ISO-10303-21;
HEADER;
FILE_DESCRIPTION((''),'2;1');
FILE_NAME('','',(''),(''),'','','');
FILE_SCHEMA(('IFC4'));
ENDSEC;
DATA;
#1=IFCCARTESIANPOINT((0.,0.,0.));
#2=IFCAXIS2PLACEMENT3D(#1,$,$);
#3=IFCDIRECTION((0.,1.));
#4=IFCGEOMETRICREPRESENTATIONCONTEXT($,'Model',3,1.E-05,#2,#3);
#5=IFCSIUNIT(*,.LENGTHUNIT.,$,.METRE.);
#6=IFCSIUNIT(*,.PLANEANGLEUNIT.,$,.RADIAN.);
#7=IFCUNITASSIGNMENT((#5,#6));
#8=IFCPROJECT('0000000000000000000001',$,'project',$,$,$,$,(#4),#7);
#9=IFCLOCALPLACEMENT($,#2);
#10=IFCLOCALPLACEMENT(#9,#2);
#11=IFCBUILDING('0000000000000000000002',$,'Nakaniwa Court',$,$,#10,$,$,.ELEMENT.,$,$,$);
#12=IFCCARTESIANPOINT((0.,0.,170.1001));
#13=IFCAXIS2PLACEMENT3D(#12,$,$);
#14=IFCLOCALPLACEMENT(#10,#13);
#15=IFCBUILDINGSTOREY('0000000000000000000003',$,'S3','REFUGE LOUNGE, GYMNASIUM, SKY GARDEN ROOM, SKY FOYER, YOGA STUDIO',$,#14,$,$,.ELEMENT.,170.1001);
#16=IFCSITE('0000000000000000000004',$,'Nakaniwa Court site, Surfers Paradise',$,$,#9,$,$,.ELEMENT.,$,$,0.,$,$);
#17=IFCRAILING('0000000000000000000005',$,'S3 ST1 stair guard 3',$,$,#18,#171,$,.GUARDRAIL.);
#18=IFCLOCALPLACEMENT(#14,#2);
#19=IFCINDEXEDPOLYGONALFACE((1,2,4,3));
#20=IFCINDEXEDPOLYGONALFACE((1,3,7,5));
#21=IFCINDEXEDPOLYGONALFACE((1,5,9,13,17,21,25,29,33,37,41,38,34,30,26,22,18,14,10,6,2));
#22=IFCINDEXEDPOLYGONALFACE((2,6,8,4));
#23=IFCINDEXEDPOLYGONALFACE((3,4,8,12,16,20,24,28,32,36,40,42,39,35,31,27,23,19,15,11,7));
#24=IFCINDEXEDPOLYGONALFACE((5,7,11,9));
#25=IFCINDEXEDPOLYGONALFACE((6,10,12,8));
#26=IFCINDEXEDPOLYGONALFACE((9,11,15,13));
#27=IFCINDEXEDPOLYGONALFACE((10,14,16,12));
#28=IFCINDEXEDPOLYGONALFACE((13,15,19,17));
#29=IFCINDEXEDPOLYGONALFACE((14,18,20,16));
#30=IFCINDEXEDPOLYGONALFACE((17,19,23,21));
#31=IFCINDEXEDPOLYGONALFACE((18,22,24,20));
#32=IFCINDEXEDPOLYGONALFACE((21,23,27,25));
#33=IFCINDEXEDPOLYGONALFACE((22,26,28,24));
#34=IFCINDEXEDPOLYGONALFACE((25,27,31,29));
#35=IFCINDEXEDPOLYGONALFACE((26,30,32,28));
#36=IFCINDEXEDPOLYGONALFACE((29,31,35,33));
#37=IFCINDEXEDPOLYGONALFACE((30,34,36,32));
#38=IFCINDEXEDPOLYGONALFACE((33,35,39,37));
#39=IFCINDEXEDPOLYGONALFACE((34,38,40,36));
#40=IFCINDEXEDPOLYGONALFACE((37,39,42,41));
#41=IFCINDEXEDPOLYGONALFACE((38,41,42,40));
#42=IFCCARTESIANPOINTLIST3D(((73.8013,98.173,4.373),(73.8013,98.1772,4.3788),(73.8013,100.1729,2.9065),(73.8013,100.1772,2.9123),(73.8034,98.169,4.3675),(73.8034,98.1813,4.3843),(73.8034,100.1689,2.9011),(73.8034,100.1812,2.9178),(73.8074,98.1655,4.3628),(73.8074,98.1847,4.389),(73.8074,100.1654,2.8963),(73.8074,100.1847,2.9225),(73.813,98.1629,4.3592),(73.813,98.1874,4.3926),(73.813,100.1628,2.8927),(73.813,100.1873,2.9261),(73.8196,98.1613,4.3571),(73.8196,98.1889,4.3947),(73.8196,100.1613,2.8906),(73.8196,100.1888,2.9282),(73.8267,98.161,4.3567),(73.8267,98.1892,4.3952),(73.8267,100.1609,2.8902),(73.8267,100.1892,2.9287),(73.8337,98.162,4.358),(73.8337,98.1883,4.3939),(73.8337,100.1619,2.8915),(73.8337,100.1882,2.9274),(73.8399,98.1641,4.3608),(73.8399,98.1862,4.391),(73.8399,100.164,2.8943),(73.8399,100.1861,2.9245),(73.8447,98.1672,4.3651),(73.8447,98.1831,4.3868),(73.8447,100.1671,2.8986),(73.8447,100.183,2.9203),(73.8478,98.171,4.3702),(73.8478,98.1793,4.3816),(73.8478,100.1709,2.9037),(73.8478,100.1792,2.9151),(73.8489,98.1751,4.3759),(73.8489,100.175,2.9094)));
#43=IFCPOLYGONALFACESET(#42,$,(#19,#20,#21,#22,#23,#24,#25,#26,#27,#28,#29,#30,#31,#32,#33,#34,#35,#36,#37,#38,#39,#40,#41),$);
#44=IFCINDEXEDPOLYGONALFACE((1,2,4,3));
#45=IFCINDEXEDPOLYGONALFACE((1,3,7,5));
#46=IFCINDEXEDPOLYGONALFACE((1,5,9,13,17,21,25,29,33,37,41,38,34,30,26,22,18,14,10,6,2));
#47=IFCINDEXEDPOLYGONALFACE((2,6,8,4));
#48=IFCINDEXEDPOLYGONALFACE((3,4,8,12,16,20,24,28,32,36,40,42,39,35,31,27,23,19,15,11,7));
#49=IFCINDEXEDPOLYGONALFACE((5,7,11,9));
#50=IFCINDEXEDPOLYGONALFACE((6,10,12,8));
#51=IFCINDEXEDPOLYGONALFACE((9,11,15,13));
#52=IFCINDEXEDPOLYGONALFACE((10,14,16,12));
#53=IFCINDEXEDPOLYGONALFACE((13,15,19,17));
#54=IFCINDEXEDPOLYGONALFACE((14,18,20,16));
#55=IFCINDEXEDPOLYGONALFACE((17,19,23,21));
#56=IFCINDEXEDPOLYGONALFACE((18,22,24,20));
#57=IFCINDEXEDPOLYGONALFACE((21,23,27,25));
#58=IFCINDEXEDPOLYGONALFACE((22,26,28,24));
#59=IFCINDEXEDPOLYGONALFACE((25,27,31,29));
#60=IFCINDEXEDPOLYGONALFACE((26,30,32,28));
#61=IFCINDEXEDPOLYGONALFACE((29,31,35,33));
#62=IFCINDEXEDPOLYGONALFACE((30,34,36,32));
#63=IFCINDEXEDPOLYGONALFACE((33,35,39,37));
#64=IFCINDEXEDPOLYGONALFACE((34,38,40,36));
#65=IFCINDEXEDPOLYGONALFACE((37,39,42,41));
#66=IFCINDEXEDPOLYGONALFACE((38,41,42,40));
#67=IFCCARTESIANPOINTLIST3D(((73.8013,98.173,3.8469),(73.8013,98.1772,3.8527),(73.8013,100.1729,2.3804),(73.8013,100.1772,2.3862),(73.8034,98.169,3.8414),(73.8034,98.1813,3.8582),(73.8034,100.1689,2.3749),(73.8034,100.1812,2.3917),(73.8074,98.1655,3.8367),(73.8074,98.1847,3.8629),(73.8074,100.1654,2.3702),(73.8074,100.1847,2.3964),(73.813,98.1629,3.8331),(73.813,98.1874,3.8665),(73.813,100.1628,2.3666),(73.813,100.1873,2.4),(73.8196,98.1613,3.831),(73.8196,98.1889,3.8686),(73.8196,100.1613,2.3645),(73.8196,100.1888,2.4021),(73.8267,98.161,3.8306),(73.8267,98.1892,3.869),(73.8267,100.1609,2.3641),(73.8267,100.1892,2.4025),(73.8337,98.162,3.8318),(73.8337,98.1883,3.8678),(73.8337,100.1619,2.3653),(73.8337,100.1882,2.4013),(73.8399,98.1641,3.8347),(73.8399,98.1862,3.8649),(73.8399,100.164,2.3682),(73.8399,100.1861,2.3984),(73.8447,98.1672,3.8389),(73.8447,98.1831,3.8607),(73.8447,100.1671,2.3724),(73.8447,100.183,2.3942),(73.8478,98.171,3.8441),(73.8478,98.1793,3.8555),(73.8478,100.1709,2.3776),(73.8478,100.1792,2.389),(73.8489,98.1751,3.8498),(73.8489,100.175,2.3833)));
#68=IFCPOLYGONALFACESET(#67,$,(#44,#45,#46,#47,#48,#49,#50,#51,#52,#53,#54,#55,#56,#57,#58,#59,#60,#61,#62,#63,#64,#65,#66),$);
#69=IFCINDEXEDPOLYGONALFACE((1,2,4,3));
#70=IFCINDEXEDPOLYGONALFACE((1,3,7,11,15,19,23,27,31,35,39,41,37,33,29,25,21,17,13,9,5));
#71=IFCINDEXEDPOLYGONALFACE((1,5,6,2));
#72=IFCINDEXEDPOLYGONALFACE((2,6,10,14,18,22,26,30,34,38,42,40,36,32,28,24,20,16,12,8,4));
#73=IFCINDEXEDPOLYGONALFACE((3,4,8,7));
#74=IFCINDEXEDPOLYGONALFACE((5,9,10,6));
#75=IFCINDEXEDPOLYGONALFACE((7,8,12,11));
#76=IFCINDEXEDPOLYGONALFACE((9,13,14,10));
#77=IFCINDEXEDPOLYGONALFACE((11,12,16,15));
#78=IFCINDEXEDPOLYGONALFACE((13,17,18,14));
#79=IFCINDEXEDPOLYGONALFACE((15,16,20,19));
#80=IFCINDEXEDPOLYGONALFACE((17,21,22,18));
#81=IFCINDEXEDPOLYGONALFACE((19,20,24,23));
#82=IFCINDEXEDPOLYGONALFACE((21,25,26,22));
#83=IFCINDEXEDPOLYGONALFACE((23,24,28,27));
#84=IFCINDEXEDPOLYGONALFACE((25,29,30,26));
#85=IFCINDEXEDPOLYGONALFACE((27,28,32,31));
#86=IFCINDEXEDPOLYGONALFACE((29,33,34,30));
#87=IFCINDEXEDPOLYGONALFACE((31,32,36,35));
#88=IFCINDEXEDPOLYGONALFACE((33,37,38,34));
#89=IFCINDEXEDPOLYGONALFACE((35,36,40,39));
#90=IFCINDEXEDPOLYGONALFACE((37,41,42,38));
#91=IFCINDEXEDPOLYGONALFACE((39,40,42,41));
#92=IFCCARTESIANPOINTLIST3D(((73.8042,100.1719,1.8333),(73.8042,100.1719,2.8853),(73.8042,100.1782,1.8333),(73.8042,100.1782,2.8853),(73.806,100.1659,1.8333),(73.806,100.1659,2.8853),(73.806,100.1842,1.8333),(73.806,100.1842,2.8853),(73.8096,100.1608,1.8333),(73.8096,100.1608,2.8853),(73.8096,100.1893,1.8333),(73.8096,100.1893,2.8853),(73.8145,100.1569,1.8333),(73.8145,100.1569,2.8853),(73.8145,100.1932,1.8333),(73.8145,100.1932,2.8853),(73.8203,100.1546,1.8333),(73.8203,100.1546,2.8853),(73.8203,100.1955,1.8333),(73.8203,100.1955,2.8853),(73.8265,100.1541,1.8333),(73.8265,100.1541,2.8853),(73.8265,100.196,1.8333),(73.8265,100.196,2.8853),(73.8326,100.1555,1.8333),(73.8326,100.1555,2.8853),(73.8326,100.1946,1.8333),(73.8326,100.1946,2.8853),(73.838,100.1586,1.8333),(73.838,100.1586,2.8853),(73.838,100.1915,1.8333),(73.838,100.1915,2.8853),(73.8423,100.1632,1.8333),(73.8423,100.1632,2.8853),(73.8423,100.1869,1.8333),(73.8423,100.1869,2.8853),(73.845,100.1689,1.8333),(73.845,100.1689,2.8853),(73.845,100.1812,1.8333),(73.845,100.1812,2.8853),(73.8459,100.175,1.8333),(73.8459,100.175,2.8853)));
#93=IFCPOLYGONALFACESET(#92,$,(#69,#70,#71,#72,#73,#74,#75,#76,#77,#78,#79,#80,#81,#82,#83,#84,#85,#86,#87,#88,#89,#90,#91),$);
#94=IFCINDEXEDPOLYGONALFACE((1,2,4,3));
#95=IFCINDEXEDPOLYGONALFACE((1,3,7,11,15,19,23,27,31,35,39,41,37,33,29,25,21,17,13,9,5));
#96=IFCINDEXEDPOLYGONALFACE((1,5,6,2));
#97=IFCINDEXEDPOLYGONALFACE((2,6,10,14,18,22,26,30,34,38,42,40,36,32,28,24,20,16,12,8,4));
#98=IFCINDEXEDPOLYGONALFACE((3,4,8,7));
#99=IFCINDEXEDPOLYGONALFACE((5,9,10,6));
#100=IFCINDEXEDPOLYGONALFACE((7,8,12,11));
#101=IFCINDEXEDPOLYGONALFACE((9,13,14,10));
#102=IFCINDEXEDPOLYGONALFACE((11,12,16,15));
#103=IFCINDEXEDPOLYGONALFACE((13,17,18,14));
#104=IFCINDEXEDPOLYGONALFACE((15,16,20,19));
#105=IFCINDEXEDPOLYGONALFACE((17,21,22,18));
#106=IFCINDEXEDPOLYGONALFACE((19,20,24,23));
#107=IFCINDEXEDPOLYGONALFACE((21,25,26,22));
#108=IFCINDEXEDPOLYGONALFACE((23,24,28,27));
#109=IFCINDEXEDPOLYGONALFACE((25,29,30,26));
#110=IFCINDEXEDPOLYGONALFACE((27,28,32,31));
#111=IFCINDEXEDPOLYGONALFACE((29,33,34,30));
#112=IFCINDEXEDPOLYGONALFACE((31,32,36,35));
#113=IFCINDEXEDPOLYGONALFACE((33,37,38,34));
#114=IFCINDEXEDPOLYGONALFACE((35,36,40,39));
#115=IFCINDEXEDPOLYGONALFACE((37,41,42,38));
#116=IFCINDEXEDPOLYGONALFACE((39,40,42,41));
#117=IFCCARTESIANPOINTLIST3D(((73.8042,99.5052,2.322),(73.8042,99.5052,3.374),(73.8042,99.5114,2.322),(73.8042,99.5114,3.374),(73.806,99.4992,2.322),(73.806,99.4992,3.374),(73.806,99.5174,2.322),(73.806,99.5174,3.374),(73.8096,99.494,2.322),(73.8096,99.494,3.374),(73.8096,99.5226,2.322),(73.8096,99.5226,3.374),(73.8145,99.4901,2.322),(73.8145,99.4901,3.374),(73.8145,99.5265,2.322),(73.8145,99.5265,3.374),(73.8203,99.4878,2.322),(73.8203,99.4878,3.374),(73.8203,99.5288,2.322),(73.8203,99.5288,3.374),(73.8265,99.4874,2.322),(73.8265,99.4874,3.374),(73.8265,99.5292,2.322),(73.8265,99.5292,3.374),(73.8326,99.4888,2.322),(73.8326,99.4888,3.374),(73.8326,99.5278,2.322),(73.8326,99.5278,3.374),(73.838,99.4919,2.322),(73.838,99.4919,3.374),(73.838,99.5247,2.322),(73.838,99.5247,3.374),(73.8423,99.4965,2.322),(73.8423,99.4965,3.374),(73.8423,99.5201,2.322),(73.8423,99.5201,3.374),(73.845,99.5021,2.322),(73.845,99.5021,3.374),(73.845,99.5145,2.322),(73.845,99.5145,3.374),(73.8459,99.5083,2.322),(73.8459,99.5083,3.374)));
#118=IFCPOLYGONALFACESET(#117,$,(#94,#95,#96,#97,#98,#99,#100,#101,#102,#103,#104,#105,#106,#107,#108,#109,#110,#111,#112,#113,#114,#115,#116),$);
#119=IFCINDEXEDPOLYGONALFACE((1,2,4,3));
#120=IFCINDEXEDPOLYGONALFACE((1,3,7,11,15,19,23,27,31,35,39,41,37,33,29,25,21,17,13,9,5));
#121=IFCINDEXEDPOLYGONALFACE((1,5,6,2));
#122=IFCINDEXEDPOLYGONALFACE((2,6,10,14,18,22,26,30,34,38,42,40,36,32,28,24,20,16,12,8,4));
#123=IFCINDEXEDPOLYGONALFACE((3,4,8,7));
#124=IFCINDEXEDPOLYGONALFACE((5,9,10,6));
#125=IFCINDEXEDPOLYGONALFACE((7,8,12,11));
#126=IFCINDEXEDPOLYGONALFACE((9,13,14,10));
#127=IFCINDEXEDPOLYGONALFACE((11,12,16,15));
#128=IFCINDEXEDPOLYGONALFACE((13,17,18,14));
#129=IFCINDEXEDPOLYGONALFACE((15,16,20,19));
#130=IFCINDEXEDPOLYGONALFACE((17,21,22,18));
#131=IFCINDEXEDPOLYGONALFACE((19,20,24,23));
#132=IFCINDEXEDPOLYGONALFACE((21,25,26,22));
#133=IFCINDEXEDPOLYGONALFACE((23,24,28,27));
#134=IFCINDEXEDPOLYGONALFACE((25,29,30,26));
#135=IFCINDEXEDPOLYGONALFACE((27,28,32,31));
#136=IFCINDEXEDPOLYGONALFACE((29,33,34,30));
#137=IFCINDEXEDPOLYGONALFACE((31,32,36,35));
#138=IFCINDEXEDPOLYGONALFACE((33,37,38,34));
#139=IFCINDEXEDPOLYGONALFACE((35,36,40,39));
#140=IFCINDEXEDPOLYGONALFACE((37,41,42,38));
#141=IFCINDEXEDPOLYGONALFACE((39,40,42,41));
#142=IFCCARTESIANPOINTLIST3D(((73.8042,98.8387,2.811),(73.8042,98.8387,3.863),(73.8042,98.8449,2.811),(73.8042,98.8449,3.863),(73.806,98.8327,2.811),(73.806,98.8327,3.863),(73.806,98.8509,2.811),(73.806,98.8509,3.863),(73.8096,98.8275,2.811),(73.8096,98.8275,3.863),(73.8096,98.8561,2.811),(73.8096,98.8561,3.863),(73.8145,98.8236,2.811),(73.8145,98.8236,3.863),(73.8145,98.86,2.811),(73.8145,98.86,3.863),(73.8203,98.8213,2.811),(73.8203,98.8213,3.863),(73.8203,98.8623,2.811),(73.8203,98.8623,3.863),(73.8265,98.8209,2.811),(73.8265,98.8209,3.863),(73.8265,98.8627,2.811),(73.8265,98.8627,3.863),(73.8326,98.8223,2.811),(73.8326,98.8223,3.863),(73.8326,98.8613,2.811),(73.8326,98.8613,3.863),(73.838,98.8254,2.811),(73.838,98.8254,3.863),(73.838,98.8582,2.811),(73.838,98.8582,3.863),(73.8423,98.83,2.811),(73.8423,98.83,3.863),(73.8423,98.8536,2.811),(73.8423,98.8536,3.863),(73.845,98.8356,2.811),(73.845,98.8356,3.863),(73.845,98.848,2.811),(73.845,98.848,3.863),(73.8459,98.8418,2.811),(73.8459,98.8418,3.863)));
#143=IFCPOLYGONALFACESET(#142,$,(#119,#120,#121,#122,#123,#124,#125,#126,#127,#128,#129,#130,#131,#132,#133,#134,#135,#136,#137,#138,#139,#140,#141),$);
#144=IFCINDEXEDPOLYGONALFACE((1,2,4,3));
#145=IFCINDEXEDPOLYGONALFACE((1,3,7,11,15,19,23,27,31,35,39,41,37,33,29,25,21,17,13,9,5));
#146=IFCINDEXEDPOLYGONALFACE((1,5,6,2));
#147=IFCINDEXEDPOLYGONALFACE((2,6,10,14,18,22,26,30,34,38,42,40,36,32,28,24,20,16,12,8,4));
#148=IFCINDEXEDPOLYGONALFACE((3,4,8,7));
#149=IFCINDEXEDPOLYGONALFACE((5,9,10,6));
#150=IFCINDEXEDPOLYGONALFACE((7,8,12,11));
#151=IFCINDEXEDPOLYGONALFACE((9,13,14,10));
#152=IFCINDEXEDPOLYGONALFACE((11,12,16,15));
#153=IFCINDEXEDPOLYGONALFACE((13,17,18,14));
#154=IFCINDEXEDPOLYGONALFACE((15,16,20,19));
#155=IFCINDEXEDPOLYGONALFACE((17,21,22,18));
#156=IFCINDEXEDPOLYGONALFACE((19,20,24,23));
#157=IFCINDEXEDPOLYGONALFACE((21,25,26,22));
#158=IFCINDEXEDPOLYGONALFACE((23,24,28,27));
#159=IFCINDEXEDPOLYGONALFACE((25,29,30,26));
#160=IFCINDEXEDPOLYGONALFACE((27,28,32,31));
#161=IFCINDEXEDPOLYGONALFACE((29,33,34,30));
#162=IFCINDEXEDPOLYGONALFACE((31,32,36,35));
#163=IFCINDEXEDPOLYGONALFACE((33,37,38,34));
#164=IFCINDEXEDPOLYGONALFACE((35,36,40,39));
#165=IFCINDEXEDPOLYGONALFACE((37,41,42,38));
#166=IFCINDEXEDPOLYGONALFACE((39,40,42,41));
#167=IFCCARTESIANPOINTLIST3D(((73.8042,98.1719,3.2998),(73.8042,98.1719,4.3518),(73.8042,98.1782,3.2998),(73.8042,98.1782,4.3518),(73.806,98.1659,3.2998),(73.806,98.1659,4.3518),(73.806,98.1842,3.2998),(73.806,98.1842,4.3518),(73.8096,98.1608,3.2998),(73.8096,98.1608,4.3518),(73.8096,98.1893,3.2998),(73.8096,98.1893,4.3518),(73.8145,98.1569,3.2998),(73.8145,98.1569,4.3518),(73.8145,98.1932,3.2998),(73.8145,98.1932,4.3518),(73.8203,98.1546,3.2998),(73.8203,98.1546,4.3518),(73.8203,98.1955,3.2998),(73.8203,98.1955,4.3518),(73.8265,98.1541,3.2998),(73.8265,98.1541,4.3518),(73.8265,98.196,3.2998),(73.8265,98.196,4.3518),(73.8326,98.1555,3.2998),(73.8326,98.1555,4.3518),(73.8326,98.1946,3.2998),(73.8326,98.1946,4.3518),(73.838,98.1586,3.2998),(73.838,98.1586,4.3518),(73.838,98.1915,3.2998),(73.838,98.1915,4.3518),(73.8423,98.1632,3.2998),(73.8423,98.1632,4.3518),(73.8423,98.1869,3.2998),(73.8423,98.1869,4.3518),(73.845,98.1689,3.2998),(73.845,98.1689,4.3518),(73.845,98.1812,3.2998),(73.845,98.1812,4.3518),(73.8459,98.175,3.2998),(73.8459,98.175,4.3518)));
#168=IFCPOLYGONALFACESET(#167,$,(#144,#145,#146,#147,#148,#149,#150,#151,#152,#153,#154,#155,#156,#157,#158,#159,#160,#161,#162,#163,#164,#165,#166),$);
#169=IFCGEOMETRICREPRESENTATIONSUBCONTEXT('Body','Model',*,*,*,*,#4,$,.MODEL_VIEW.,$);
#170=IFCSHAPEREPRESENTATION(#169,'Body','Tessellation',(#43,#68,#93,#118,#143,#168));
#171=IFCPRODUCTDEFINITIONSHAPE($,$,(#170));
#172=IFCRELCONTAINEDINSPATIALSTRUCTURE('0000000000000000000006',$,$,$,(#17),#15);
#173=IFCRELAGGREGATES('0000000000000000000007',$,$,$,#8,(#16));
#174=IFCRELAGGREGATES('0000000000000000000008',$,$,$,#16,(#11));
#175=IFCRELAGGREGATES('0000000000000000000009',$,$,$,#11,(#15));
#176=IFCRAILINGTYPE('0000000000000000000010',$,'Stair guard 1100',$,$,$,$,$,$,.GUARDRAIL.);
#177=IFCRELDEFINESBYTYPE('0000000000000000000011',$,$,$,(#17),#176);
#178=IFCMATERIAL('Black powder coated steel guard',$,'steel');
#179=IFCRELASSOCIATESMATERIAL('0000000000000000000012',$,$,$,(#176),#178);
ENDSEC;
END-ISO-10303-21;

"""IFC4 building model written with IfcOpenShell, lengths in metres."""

from ifc_helpers import new_model, si_unit, direction, frame, origin, origin_2d, place, context, subcontext, project, spatial, circle, extrude, material, type_object, element, save


model = new_model("IFC4")

# Units and contexts
model_context = context("Model", 3, precision=1e-05, world=origin(), true_north=direction((0.0, 1.0)))
body_context = subcontext(model_context, "Body", "Model", "MODEL_VIEW")
ifc_project = project(units=[si_unit("LENGTHUNIT", "METRE"), si_unit("PLANEANGLEUNIT", "RADIAN")], contexts=[model_context])

# Site, building, storey
site_placement = place(None, origin())
site = spatial("IfcSite", under=ifc_project, at=site_placement, Name="Nakaniwa Court site, Surfers Paradise", CompositionType="ELEMENT", RefElevation=0.0)
building_placement = place(site_placement, origin())
building = spatial("IfcBuilding", under=site, at=building_placement, Name="Nakaniwa Court", CompositionType="ELEMENT")
storey_placement = place(building_placement, frame((0.0, 0.0, 170.1001)))
storey = spatial("IfcBuildingStorey", under=building, at=storey_placement, Name="S3", Description="REFUGE LOUNGE, GYMNASIUM, SKY GARDEN ROOM, SKY FOYER, YOGA STUDIO", CompositionType="ELEMENT", Elevation=170.1001)

# Railing
ifc_material_1 = material(Name="Black powder coated steel guard", Category="steel")
railing_type_1 = type_object("IfcRailingType", Name="Stair guard 1100", PredefinedType="GUARDRAIL", material=ifc_material_1)
railing_1_placement = place(storey_placement, frame((73.825, 100.175, 1.8333)))
element("IfcRailing", 1, at=railing_1_placement, inside=storey, type_object=railing_type_1, Name="S3 ST1 stair guard 3", PredefinedType="GUARDRAIL", context=body_context, shape_type="SweptSolid", body=[
    extrude(circle(Radius=0.0239, at=origin_2d()), frame((0.0, 0.0, 1.0762), z_axis=(0.0, -0.806427, 0.591334), x_axis=(1.0, 0.0, 0.0)), (0.0, 0.0, 1.0), 2.48),
    extrude(circle(Radius=0.0239, at=origin_2d()), frame((0.0, 0.0, 0.55), z_axis=(0.0, -0.806427, 0.591334), x_axis=(1.0, 0.0, 0.0)), (0.0, 0.0, 1.0), 2.48),
    extrude(circle(Radius=0.021, at=origin_2d()), origin(), (0.0, 0.0, 1.0), 1.052),
    extrude(circle(Radius=0.021, at=origin_2d()), frame((0.0, -0.6667, 0.4888)), (0.0, 0.0, 1.0), 1.052),
    extrude(circle(Radius=0.021, at=origin_2d()), frame((0.0, -1.3333, 0.9778)), (0.0, 0.0, 1.0), 1.052),
    extrude(circle(Radius=0.021, at=origin_2d()), frame((0.0, -2.0, 1.4666)), (0.0, 0.0, 1.0), 1.052),
])

save(model, "model.ifc")
